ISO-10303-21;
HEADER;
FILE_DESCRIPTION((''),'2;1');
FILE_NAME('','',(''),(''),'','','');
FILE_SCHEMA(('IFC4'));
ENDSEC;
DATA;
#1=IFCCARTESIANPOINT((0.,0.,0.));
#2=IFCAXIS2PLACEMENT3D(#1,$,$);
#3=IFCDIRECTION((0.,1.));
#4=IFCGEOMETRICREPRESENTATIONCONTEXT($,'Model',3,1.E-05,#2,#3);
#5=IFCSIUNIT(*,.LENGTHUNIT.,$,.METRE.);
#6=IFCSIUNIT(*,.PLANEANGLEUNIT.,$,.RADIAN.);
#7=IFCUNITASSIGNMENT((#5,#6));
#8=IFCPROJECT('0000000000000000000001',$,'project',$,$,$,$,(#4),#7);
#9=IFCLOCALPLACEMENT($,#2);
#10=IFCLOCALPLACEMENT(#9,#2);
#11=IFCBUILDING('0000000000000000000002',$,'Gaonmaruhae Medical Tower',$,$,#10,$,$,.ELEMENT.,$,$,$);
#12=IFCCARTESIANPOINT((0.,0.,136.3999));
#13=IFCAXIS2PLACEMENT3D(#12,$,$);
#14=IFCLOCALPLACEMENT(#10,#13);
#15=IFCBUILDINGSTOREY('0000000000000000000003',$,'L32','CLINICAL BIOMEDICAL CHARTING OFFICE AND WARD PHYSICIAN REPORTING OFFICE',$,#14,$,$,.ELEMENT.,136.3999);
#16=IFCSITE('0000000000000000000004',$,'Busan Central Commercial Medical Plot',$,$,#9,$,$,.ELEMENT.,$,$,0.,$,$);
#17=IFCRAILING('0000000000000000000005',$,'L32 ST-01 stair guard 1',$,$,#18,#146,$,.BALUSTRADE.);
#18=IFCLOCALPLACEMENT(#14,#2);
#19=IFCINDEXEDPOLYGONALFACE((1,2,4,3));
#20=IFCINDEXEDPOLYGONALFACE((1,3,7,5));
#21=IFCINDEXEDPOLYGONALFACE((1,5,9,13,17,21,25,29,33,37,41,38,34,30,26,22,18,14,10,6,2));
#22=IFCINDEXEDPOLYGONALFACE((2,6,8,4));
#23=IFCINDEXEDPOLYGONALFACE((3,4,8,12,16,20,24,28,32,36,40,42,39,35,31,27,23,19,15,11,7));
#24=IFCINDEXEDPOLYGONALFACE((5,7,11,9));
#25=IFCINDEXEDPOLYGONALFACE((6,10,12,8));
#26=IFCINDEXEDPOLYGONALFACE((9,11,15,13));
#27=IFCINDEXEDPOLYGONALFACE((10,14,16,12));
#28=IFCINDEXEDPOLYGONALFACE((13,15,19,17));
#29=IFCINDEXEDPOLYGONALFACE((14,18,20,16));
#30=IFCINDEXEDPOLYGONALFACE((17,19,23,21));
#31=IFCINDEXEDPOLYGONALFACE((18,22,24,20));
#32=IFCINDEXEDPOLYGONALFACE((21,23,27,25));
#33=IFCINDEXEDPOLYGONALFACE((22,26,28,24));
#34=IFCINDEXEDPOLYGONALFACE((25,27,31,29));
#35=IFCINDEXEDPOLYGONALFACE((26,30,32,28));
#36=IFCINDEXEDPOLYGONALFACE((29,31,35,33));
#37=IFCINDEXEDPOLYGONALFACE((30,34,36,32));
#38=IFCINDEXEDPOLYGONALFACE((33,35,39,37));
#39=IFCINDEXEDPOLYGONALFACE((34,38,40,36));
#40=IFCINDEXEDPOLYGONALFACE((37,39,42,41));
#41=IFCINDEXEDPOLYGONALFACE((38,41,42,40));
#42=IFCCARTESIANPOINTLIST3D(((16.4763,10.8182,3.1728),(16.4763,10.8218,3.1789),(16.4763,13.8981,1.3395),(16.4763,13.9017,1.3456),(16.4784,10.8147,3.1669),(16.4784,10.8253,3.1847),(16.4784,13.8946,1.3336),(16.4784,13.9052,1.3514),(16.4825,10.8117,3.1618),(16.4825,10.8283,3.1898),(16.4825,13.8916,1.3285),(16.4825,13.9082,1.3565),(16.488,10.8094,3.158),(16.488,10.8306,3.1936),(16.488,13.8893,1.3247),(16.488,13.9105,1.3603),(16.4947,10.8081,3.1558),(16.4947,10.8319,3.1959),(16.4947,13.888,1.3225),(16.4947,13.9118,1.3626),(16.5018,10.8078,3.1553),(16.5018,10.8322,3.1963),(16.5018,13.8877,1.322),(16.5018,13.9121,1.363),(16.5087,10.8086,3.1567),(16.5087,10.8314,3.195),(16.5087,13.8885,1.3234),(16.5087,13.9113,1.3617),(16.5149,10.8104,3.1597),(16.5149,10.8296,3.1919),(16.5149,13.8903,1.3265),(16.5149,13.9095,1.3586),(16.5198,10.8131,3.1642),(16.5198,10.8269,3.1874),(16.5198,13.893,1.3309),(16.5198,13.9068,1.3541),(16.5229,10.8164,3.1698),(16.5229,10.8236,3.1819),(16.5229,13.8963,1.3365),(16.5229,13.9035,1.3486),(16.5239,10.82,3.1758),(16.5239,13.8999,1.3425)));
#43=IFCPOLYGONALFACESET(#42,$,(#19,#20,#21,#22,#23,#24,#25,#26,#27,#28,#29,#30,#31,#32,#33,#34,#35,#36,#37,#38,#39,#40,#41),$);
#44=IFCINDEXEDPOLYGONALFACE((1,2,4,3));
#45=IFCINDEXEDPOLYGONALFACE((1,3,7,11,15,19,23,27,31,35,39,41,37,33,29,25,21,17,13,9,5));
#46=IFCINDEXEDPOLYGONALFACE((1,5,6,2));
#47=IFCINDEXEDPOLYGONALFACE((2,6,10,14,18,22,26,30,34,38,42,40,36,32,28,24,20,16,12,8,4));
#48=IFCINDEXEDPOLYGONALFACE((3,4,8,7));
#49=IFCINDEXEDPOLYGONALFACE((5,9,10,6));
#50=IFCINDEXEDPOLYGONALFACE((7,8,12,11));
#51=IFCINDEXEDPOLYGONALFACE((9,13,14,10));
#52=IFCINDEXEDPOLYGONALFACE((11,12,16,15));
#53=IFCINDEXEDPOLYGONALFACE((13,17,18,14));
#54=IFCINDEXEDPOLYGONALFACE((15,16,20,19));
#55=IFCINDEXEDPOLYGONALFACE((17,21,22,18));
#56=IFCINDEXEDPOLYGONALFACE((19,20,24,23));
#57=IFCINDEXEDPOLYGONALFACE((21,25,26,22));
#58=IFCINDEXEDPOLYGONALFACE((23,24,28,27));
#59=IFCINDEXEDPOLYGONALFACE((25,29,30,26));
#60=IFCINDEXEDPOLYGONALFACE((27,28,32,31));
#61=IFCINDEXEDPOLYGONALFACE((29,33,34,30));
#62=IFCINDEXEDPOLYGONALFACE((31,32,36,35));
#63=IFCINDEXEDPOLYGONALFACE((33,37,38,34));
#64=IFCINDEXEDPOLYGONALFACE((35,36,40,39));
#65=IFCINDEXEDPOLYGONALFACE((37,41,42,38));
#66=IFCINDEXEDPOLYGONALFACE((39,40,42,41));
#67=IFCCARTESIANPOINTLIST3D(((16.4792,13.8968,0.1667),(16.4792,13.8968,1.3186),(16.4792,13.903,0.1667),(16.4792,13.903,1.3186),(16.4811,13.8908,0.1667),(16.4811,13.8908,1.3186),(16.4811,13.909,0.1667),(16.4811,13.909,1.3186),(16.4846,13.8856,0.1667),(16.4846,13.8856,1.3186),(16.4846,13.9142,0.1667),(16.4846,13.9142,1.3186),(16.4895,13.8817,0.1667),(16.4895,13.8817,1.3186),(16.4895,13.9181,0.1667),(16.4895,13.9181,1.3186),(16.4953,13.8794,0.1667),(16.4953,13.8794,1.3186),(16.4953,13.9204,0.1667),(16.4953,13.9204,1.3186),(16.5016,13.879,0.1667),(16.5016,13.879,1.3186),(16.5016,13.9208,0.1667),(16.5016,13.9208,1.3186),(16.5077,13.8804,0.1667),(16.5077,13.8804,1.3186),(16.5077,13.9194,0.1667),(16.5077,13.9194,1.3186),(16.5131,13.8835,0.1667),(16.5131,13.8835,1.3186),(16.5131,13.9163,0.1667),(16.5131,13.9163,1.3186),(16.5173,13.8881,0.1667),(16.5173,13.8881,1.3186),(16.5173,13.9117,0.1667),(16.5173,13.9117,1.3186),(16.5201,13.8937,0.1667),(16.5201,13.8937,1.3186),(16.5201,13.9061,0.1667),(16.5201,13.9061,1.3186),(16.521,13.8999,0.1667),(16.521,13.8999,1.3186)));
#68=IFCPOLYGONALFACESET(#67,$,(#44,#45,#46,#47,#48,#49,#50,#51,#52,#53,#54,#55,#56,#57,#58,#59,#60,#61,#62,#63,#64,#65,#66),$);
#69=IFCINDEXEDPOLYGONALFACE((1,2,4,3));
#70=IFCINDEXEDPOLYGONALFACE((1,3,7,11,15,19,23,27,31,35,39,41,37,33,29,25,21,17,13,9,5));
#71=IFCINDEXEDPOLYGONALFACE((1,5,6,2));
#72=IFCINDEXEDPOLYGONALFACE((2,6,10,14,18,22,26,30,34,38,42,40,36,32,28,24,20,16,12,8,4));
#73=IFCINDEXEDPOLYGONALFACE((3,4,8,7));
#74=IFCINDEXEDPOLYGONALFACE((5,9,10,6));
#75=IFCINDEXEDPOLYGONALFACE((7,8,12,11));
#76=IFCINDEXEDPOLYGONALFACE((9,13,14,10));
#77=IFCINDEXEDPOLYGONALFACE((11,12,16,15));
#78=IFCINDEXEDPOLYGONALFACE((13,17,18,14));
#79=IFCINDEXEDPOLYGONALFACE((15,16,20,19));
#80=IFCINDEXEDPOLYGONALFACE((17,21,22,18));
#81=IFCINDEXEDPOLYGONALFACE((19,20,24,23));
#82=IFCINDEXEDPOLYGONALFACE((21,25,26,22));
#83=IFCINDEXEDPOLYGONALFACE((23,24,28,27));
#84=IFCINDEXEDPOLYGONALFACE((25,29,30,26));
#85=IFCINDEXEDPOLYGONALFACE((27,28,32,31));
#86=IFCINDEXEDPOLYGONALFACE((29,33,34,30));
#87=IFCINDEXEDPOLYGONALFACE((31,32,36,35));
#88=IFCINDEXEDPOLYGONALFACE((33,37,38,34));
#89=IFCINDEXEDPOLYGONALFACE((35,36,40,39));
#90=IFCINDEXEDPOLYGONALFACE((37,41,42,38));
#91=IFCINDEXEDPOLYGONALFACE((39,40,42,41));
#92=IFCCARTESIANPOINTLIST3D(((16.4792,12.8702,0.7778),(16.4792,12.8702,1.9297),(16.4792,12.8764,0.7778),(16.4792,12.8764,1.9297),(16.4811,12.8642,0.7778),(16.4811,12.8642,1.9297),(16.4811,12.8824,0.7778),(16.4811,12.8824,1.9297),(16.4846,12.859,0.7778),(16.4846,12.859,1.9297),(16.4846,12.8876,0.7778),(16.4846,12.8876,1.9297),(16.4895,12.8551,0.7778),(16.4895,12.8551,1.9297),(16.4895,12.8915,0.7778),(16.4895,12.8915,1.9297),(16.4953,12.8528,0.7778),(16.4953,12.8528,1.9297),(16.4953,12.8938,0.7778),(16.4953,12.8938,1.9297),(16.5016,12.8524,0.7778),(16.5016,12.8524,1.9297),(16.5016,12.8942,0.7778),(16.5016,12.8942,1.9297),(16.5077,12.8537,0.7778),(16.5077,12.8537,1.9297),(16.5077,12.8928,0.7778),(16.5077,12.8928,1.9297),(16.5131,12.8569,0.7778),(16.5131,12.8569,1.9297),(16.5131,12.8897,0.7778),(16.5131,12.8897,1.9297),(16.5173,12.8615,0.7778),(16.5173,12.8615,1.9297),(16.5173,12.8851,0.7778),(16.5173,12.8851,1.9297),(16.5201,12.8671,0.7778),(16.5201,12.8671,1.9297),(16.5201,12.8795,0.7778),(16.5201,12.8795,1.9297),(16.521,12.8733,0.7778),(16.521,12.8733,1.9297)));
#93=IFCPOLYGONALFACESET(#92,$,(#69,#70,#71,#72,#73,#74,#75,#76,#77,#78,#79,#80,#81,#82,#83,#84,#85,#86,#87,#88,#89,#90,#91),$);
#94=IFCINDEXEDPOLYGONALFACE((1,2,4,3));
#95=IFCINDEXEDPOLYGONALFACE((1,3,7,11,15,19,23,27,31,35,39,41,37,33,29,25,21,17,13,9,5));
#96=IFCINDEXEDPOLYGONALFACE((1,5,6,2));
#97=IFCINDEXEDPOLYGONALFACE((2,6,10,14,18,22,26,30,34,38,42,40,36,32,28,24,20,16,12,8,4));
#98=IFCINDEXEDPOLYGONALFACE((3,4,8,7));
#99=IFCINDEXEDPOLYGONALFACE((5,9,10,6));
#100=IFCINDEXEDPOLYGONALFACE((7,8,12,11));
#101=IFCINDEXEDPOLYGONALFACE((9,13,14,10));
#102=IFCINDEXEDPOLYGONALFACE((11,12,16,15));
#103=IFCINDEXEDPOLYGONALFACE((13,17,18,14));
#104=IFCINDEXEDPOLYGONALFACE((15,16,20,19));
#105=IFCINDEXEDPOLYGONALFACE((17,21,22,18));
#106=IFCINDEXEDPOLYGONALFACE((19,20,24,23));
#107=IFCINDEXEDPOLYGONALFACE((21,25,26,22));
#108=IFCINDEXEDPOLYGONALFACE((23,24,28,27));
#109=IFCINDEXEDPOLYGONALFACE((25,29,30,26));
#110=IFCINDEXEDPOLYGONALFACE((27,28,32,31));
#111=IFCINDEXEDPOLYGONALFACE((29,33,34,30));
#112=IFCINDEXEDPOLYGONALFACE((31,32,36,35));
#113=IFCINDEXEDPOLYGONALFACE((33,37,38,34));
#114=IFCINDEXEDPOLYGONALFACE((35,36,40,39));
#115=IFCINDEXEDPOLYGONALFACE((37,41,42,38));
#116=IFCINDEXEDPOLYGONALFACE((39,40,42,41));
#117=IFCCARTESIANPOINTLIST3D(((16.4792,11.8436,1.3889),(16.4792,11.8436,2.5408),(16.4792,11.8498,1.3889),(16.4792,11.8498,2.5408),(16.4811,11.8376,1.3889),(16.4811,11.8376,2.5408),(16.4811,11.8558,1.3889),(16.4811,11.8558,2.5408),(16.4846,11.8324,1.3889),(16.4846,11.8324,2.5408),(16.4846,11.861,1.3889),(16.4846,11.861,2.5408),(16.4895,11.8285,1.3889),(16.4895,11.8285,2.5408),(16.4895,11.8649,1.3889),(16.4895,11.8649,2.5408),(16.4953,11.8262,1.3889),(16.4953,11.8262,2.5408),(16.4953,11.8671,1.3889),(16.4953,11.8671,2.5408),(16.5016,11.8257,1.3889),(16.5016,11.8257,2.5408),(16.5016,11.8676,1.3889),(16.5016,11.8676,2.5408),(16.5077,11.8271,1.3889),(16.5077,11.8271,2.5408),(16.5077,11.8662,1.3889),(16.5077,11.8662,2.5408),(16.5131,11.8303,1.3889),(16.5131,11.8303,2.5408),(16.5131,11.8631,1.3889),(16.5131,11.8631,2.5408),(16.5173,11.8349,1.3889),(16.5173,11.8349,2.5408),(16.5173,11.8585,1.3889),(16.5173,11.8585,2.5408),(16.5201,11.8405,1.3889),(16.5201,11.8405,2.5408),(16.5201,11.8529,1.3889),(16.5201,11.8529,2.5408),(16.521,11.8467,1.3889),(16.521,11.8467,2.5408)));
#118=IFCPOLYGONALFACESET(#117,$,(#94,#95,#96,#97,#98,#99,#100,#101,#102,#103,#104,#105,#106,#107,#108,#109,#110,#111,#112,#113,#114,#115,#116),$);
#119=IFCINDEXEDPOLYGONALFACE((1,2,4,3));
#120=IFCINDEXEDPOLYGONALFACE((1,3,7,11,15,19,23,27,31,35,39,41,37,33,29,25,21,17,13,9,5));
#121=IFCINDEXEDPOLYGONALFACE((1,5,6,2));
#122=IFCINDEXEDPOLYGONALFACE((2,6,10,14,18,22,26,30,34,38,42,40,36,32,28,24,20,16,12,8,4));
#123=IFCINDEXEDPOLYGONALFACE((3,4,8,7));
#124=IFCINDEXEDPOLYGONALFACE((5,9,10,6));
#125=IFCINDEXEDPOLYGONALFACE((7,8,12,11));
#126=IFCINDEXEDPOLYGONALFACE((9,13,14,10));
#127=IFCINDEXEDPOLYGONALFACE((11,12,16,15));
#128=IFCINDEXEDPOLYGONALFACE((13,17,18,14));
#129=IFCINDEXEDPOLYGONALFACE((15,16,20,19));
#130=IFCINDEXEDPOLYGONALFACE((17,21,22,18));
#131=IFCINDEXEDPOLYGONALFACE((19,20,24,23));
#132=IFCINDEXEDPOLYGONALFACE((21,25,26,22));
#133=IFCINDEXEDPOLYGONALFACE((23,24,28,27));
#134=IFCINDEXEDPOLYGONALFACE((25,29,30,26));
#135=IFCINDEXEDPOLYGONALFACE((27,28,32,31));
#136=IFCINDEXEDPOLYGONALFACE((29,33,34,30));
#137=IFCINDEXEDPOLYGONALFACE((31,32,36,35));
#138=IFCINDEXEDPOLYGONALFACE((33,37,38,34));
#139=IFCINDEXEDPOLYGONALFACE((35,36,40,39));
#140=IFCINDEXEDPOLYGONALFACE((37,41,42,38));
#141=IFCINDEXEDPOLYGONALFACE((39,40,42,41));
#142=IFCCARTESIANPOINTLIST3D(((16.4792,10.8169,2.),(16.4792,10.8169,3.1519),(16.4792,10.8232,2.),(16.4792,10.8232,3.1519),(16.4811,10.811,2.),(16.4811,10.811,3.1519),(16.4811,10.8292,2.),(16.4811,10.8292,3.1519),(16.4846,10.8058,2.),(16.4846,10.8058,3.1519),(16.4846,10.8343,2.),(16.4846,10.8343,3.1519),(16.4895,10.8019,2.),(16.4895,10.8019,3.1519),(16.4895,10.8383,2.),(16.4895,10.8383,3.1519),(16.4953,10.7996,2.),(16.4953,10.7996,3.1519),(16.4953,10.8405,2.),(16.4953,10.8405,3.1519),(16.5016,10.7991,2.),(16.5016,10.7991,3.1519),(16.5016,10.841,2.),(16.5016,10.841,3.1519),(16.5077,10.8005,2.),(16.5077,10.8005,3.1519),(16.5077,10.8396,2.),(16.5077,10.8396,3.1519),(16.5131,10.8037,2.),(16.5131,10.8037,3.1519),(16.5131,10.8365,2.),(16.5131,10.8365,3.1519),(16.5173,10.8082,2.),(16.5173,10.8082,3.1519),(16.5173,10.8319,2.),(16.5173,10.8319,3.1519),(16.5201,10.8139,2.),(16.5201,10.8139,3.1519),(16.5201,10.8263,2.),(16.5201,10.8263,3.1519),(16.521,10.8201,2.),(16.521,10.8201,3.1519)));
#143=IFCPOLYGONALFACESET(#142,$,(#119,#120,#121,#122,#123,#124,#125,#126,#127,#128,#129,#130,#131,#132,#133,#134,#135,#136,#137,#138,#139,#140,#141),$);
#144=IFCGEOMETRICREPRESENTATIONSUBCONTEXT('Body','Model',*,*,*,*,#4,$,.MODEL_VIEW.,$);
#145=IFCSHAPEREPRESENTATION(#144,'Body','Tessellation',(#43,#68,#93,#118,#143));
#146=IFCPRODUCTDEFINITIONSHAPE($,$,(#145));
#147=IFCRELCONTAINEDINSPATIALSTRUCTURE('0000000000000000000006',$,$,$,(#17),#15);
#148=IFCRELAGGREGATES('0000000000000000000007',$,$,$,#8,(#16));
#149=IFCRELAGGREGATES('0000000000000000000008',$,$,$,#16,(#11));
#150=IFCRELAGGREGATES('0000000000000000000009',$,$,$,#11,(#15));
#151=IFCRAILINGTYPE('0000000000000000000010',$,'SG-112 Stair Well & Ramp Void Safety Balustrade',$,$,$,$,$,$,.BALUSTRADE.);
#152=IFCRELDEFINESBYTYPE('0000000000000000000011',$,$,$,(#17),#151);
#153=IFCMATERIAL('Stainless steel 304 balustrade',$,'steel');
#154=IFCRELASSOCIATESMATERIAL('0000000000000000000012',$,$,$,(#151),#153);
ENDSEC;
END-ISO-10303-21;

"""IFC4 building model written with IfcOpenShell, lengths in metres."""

from ifc_helpers import new_model, si_unit, direction, frame, origin, origin_2d, place, context, subcontext, project, spatial, circle, extrude, material, type_object, element, save


model = new_model("IFC4")

# Units and contexts
model_context = context("Model", 3, precision=1e-05, world=origin(), true_north=direction((0.0, 1.0)))
body_context = subcontext(model_context, "Body", "Model", "MODEL_VIEW")
ifc_project = project(units=[si_unit("LENGTHUNIT", "METRE"), si_unit("PLANEANGLEUNIT", "RADIAN")], contexts=[model_context])

# Site, building, storey
site_placement = place(None, origin())
site = spatial("IfcSite", under=ifc_project, at=site_placement, Name="Busan Central Commercial Medical Plot", CompositionType="ELEMENT", RefElevation=0.0)
building_placement = place(site_placement, origin())
building = spatial("IfcBuilding", under=site, at=building_placement, Name="Gaonmaruhae Medical Tower", CompositionType="ELEMENT")
storey_placement = place(building_placement, frame((0.0, 0.0, 136.3999)))
storey = spatial("IfcBuildingStorey", under=building, at=storey_placement, Name="L32", Description="CLINICAL BIOMEDICAL CHARTING OFFICE AND WARD PHYSICIAN REPORTING OFFICE", CompositionType="ELEMENT", Elevation=136.3999)

# Railing
ifc_material_1 = material(Name="Stainless steel 304 balustrade", Category="steel")
railing_type_1 = type_object("IfcRailingType", Name="SG-112 Stair Well & Ramp Void Safety Balustrade", PredefinedType="BALUSTRADE", material=ifc_material_1)
railing_1_placement = place(storey_placement, frame((16.5, 13.8999, 0.1667)))
element("IfcRailing", 1, at=railing_1_placement, inside=storey, type_object=railing_type_1, Name="L32 ST-01 stair guard 1", PredefinedType="BALUSTRADE", context=body_context, shape_type="SweptSolid", body=[
    extrude(circle(Radius=0.0239, at=origin_2d()), frame((0.0, 0.0, 1.1758), z_axis=(0.0, -0.859291, 0.511487), x_axis=(1.0, 0.0, 0.0)), (0.0, 0.0, 1.0), 3.5842),
    extrude(circle(Radius=0.021, at=origin_2d()), origin(), (0.0, 0.0, 1.0), 1.1519),
    extrude(circle(Radius=0.021, at=origin_2d()), frame((0.0, -1.0266, 0.6111)), (0.0, 0.0, 1.0), 1.1519),
    extrude(circle(Radius=0.021, at=origin_2d()), frame((0.0, -2.0532, 1.2222)), (0.0, 0.0, 1.0), 1.1519),
    extrude(circle(Radius=0.021, at=origin_2d()), frame((0.0, -3.0798, 1.8333)), (0.0, 0.0, 1.0), 1.1519),
])

save(model, "model.ifc")
